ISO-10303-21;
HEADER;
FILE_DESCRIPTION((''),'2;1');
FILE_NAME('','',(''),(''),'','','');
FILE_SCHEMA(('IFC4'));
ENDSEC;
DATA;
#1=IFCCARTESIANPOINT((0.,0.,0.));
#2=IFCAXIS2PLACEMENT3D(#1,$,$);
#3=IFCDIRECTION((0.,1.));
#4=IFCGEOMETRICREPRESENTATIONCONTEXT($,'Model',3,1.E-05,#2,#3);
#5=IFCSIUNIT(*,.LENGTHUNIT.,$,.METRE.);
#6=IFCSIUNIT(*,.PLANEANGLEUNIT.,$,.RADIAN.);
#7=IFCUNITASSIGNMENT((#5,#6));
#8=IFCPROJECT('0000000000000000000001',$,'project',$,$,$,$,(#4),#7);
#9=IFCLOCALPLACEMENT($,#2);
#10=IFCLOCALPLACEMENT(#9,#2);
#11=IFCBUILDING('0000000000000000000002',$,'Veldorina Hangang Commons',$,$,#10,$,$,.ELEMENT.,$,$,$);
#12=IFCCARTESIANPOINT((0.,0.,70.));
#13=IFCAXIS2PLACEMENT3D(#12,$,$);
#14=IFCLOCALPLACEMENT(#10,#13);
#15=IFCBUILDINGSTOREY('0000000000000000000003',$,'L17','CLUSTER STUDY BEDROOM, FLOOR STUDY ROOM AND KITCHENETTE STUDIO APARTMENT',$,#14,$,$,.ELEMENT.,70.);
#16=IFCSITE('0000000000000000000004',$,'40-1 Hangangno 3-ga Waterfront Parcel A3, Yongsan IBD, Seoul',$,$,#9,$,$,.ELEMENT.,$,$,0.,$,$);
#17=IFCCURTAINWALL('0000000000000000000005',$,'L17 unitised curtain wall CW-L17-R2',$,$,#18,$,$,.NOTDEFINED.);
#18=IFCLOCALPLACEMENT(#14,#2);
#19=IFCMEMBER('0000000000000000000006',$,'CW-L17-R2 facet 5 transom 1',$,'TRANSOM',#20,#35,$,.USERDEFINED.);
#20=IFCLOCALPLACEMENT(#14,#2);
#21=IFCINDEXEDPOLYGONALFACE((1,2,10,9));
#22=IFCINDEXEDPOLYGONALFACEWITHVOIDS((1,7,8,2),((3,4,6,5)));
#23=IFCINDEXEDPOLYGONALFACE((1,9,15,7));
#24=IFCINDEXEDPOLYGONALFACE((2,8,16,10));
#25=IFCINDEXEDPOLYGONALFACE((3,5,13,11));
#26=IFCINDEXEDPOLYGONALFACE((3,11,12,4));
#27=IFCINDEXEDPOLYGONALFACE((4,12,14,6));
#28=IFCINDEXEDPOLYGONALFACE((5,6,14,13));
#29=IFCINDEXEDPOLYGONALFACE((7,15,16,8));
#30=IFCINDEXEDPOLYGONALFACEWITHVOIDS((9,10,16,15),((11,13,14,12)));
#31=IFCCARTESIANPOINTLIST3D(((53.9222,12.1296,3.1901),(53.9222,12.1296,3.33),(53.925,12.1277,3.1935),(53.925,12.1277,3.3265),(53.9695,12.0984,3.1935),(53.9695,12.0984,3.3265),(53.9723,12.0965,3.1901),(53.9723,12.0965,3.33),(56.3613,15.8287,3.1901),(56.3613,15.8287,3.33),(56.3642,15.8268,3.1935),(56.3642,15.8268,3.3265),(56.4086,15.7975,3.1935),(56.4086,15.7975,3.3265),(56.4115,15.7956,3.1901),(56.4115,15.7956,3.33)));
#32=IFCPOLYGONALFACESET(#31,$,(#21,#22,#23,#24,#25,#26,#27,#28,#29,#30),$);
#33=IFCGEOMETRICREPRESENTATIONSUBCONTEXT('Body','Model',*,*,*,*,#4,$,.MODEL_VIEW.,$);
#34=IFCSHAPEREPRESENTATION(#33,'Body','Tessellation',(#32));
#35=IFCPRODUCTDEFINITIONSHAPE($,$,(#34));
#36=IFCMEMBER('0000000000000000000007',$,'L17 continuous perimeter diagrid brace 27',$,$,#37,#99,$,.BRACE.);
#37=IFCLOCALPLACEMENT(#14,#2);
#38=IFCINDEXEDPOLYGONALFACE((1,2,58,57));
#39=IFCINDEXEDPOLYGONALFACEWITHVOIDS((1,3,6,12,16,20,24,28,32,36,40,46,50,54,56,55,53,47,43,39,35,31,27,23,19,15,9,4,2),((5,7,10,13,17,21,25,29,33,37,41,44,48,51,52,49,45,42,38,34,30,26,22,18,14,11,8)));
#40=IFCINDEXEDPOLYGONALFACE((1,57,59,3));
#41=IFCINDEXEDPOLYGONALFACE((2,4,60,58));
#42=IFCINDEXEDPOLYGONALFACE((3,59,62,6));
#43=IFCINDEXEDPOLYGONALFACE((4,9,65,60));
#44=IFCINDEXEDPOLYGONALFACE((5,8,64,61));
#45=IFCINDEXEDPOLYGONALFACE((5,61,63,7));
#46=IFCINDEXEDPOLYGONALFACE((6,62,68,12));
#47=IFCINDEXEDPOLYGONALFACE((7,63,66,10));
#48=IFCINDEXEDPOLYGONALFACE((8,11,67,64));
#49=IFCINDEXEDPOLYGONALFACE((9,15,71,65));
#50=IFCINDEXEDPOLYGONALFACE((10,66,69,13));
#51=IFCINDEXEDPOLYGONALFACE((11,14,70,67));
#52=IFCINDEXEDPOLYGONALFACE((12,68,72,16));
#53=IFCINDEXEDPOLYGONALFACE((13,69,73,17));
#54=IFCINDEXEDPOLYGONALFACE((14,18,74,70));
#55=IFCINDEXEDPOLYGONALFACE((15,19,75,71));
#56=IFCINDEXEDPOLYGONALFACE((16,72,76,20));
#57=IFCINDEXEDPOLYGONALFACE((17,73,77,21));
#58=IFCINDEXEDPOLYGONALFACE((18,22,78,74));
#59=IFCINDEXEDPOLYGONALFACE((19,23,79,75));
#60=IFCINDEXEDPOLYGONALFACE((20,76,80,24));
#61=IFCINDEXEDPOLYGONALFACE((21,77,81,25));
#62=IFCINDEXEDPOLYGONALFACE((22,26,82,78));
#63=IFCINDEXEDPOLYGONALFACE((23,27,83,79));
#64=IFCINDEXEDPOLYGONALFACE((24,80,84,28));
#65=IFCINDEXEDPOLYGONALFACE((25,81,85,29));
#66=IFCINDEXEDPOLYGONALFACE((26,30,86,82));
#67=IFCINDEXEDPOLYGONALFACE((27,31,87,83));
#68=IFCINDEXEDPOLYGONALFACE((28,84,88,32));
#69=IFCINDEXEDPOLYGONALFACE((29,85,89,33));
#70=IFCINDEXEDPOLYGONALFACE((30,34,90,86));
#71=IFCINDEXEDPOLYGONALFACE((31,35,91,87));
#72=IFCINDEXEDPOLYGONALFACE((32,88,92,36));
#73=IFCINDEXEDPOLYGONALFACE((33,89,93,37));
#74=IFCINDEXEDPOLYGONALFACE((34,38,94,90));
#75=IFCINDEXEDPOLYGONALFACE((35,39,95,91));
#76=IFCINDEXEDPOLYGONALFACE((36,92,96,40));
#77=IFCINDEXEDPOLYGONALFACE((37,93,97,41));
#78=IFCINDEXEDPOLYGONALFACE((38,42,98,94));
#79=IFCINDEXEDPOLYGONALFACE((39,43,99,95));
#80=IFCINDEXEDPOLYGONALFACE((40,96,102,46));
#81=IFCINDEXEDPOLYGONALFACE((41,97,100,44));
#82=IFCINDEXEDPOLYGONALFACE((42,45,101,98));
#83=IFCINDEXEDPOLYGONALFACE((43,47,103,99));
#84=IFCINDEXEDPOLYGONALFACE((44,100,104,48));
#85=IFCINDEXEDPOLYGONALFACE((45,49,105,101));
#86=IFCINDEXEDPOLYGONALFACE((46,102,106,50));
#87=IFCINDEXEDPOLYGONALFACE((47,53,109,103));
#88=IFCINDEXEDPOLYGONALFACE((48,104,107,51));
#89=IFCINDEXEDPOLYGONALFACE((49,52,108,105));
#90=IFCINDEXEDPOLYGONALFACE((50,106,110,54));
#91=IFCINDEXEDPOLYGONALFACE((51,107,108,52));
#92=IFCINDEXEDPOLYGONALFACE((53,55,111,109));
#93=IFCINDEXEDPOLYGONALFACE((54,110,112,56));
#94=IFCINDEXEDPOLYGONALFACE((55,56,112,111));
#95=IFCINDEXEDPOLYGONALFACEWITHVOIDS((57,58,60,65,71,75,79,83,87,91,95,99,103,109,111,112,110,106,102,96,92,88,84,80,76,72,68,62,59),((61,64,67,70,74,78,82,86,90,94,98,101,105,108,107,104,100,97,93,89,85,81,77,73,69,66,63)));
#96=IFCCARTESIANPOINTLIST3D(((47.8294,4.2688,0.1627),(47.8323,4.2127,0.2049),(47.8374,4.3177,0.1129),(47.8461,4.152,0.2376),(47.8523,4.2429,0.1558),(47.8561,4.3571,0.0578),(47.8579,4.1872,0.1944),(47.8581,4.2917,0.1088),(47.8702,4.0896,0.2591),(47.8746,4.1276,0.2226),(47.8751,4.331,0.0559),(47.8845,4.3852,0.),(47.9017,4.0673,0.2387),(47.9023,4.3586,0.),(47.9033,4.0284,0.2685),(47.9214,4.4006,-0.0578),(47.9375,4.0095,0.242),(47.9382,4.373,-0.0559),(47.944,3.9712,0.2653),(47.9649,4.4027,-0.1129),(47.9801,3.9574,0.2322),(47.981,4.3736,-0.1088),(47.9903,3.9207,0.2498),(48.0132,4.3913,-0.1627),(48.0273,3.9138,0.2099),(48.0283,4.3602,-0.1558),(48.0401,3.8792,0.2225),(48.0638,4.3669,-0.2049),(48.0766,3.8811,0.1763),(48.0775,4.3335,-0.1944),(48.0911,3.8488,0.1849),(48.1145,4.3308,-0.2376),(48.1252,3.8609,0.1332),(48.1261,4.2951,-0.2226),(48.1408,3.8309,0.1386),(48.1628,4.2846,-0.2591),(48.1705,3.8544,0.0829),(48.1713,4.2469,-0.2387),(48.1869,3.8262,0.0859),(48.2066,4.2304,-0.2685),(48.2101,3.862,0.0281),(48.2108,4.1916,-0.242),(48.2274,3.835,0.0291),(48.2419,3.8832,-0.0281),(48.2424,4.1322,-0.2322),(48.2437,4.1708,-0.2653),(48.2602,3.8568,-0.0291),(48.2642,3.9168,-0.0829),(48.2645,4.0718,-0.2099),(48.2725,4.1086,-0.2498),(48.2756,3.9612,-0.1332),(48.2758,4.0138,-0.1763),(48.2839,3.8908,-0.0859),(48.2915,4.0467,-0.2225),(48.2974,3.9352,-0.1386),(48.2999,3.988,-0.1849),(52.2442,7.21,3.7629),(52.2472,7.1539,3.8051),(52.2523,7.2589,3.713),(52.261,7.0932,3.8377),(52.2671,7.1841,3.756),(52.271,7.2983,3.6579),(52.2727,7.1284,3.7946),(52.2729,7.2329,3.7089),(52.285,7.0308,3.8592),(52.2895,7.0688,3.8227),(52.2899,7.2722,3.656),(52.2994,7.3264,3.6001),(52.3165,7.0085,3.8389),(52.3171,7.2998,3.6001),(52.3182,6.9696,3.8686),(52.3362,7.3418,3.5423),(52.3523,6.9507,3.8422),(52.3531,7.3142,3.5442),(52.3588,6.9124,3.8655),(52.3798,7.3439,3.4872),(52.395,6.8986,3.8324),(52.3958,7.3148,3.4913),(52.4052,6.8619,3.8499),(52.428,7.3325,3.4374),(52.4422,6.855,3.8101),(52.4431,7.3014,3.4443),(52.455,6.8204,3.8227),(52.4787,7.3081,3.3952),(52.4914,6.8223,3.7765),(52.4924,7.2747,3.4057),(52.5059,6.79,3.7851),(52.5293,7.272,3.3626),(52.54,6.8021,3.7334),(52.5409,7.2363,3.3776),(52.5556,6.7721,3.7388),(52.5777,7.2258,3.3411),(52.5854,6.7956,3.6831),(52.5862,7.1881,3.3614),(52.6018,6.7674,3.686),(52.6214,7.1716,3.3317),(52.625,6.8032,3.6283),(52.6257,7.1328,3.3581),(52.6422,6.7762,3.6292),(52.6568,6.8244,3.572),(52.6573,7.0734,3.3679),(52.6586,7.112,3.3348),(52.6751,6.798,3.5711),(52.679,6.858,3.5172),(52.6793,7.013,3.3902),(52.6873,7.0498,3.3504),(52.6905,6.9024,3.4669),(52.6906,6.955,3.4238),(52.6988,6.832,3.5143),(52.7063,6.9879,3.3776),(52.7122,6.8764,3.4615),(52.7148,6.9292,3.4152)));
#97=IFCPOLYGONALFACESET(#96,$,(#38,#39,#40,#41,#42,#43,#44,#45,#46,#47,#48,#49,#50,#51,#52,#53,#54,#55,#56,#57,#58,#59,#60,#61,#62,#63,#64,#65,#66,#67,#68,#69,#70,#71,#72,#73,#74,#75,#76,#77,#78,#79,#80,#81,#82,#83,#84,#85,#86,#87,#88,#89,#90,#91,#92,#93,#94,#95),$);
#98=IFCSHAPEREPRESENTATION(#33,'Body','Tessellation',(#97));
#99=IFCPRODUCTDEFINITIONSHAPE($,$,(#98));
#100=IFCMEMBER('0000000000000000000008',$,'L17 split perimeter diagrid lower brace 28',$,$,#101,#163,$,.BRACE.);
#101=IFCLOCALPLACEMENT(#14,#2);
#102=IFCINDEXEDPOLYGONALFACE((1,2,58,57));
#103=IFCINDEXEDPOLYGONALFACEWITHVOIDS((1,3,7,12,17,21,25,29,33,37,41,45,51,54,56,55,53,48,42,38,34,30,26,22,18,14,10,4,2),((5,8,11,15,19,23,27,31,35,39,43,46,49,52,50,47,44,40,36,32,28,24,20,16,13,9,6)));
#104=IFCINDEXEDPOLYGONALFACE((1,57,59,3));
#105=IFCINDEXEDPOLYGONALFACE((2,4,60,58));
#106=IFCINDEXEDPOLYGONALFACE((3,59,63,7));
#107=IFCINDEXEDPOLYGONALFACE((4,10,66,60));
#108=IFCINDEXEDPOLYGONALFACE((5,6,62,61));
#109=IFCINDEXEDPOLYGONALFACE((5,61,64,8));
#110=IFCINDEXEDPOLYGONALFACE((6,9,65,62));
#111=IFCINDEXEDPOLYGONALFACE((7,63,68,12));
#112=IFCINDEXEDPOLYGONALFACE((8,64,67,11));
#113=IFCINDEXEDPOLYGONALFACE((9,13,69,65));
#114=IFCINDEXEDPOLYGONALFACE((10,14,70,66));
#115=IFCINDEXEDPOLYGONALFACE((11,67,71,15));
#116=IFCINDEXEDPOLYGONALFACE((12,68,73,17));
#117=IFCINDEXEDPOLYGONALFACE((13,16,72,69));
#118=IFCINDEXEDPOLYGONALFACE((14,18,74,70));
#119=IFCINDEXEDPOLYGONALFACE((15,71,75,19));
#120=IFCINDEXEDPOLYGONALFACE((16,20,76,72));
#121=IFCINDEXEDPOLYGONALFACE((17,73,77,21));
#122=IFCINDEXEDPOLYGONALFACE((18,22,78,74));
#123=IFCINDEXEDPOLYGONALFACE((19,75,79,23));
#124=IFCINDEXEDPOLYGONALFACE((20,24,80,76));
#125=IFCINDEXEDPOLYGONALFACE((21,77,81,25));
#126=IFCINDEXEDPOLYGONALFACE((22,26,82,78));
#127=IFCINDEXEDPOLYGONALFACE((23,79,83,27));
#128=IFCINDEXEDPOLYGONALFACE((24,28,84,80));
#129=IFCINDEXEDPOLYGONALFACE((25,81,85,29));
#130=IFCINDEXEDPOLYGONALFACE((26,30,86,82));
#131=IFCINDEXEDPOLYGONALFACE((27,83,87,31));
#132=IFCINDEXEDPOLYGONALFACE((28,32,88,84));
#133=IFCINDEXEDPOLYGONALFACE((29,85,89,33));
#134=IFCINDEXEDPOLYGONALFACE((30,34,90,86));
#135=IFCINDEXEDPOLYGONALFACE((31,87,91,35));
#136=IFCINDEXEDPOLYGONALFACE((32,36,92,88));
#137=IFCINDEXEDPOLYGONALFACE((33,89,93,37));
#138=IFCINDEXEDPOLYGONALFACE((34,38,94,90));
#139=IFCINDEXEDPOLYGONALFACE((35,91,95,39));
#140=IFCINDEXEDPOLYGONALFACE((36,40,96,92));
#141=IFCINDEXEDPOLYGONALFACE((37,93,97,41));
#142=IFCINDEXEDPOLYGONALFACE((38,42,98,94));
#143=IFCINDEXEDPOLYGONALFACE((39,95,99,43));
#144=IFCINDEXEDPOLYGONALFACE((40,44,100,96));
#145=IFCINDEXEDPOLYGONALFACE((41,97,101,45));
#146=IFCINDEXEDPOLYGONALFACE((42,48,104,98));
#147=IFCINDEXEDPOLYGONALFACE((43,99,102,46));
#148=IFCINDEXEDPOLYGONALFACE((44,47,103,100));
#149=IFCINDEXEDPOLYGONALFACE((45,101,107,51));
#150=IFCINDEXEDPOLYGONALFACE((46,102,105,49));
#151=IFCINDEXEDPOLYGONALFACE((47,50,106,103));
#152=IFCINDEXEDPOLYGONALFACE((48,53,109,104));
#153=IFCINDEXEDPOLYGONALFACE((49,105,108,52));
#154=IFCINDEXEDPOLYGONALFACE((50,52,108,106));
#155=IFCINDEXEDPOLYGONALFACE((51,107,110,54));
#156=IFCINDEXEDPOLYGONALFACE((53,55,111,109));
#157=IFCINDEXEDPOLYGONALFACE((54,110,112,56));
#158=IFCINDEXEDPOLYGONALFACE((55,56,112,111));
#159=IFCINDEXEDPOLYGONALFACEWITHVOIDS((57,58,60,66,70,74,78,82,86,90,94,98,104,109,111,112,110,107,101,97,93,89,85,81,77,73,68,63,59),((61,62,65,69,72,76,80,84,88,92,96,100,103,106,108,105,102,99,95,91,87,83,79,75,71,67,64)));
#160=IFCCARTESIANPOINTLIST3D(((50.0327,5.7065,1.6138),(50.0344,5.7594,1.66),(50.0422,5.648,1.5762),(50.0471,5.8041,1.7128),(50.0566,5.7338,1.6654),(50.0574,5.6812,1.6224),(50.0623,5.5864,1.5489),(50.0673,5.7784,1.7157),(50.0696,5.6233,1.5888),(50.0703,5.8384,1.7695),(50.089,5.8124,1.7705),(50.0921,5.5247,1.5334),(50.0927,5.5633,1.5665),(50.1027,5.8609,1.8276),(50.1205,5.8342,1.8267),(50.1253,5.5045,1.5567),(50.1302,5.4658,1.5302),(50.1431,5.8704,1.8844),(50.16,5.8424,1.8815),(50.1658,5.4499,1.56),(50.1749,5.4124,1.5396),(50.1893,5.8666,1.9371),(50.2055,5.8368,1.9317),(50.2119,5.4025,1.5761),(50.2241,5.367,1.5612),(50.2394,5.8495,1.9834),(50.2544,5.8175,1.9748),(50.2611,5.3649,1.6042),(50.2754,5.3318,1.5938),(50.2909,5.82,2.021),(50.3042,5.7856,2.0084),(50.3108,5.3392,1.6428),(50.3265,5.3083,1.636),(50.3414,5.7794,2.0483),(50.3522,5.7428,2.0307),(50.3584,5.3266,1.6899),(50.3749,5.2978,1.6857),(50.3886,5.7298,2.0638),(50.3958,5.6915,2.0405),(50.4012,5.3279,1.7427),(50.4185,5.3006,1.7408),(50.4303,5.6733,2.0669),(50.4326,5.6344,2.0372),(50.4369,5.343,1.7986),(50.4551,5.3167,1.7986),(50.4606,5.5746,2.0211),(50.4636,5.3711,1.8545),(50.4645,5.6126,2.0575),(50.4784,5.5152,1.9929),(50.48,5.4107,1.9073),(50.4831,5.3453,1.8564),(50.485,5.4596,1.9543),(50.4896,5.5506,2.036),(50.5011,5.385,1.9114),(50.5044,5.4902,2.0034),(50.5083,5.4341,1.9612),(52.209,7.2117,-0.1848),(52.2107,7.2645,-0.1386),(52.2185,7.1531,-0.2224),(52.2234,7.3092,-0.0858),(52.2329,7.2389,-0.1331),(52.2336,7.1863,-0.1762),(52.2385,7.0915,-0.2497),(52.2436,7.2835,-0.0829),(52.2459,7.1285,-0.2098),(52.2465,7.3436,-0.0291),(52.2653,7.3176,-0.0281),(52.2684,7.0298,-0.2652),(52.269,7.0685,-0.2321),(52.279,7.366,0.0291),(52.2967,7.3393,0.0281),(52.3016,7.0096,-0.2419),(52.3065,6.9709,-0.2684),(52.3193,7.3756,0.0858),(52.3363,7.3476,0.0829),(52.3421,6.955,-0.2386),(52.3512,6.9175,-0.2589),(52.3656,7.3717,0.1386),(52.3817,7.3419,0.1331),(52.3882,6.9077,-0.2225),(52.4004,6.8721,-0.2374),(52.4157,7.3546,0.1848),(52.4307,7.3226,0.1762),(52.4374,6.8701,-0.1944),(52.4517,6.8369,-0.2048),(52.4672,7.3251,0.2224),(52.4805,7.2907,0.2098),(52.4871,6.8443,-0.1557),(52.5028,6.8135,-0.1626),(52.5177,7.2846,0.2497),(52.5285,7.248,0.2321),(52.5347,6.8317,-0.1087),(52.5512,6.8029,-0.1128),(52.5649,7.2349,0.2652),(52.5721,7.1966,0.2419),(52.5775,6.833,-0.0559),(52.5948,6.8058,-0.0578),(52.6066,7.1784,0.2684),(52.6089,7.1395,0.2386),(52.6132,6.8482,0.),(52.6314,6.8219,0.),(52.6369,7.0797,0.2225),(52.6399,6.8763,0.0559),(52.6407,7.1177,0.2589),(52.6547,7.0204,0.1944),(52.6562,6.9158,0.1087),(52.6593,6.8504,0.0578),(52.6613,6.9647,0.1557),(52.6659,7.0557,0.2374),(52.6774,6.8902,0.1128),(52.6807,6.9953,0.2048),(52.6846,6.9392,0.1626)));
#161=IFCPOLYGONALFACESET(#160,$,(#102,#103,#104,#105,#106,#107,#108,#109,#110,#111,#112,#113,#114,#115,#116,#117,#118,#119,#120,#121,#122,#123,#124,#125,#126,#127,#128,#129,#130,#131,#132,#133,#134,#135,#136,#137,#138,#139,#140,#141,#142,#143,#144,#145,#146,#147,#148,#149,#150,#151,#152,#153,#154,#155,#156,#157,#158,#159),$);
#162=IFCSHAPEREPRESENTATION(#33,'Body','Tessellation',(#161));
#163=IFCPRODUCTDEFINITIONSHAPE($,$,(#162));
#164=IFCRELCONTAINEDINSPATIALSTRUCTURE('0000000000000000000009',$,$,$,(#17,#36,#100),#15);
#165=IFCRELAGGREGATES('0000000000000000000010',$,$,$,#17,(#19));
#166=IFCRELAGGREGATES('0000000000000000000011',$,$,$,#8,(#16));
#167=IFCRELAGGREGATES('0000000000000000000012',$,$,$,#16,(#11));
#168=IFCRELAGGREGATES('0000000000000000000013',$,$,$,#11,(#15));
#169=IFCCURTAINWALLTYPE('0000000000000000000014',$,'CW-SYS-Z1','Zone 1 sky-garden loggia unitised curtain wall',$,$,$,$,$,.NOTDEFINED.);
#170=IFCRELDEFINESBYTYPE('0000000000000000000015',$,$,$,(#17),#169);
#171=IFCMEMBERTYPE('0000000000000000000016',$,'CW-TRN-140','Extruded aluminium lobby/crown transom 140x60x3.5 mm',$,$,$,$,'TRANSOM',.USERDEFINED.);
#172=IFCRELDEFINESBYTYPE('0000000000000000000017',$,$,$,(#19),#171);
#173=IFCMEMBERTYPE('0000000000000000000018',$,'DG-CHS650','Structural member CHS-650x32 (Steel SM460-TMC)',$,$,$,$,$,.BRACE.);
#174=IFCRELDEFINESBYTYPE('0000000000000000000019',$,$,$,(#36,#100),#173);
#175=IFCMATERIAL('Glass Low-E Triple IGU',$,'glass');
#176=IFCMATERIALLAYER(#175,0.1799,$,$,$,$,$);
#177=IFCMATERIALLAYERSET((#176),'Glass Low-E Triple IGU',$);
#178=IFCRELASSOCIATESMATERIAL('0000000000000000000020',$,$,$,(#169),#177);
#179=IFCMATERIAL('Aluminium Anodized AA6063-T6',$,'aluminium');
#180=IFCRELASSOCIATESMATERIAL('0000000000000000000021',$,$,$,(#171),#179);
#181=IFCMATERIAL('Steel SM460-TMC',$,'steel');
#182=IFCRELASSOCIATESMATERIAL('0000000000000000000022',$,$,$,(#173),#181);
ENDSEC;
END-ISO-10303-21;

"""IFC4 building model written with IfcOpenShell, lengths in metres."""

from ifc_helpers import new_model, si_unit, direction, frame, origin, origin_2d, place, context, subcontext, project, spatial, hollow_rectangle, hollow_circle, extrude, material, layer, layer_set, material_profile, profile_set, type_object, element, aggregate, save


model = new_model("IFC4")

# Units and contexts
model_context = context("Model", 3, precision=1e-05, world=origin(), true_north=direction((0.0, 1.0)))
body_context = subcontext(model_context, "Body", "Model", "MODEL_VIEW")
ifc_project = project(units=[si_unit("LENGTHUNIT", "METRE"), si_unit("PLANEANGLEUNIT", "RADIAN")], contexts=[model_context])

# Site, building, storey
site_placement = place(None, origin())
site = spatial("IfcSite", under=ifc_project, at=site_placement, Name="40-1 Hangangno 3-ga Waterfront Parcel A3, Yongsan IBD, Seoul", CompositionType="ELEMENT", RefElevation=0.0)
building_placement = place(site_placement, origin())
building = spatial("IfcBuilding", under=site, at=building_placement, Name="Veldorina Hangang Commons", CompositionType="ELEMENT")
storey_placement = place(building_placement, frame((0.0, 0.0, 70.0)))
storey = spatial("IfcBuildingStorey", under=building, at=storey_placement, Name="L17", Description="CLUSTER STUDY BEDROOM, FLOOR STUDY ROOM AND KITCHENETTE STUDIO APARTMENT", CompositionType="ELEMENT", Elevation=70.0)

# Curtain wall, member
ifc_material_1 = material(Name="Glass Low-E Triple IGU", Category="glass")
ifc_layer_1 = layer(ifc_material_1, 0.1799)
ifc_layer_set_1 = layer_set([ifc_layer_1], Name="Glass Low-E Triple IGU")
curtain_wall_type = type_object("IfcCurtainWallType", Name="CW-SYS-Z1", Description="Zone 1 sky-garden loggia unitised curtain wall", PredefinedType="NOTDEFINED", material=ifc_layer_set_1)
curtain_wall_placement = place(storey_placement, origin())
curtain_wall = element("IfcCurtainWall", 1, at=curtain_wall_placement, inside=storey, type_object=curtain_wall_type, Name="L17 unitised curtain wall CW-L17-R2", PredefinedType="NOTDEFINED")
ifc_material_2 = material(Name="Aluminium Anodized AA6063-T6", Category="aluminium")
ifc_material_profile_1 = material_profile(ifc_material_2, hollow_rectangle(XDim=0.0601, YDim=0.1399, WallThickness=0.0034, at=origin_2d()), Name="ALU-RHS-140x60x3.5")
ifc_profile_set_1 = profile_set([ifc_material_profile_1], Name="Aluminium Anodized AA6063-T6")
member_type_1 = type_object("IfcMemberType", Name="CW-TRN-140", Description="Extruded aluminium lobby/crown transom 140x60x3.5 mm", ElementType="TRANSOM", PredefinedType="USERDEFINED", material=ifc_profile_set_1)
member_1_placement = place(storey_placement, frame((53.9473, 12.113, 3.26), z_axis=(0.550484, 0.834845, 0.0), x_axis=(-0.834845, 0.550484, 0.0)))
member_1 = element("IfcMember", 2, at=member_1_placement, type_object=member_type_1, Name="CW-L17-R2 facet 5 transom 1", ObjectType="TRANSOM", PredefinedType="USERDEFINED", context=body_context, shape_type="SweptSolid", body=[
    extrude(hollow_rectangle(XDim=0.0601, YDim=0.1399, WallThickness=0.0034, at=origin_2d()), origin(), (0.0, 0.0, 1.0), 4.4309),
])

# Members
ifc_material_3 = material(Name="Steel SM460-TMC", Category="steel")
ifc_material_profile_2 = material_profile(ifc_material_3, hollow_circle(Radius=0.325, WallThickness=0.032, at=origin_2d()), Name="CHS-650x32")
ifc_profile_set_2 = profile_set([ifc_material_profile_2], Name="Steel SM460-TMC")
member_type_2 = type_object("IfcMemberType", Name="DG-CHS650", Description="Structural member CHS-650x32 (Steel SM460-TMC)", PredefinedType="BRACE", material=ifc_profile_set_2)
member_2_placement = place(storey_placement, frame((48.0647, 4.1147, 0.0), z_axis=(0.688623, 0.458765, 0.561546), x_axis=(-0.554435, 0.832227, 0.0)))
element("IfcMember", 3, at=member_2_placement, inside=storey, type_object=member_type_2, Name="L17 continuous perimeter diagrid brace 27", PredefinedType="BRACE", context=body_context, shape_type="SweptSolid", body=[
    extrude(hollow_circle(Radius=0.325, WallThickness=0.032, at=origin_2d()), origin(), (0.0, 0.0, 1.0), 6.4111),
])
member_3_placement = place(storey_placement, frame((52.4465, 7.0891, 0.0), z_axis=(-0.680202, -0.470433, 0.562155), x_axis=(0.568821, -0.822461, 0.0)))
element("IfcMember", 4, at=member_3_placement, inside=storey, type_object=member_type_2, Name="L17 split perimeter diagrid lower brace 28", PredefinedType="BRACE", context=body_context, shape_type="SweptSolid", body=[
    extrude(hollow_circle(Radius=0.325, WallThickness=0.032, at=origin_2d()), origin(), (0.0, 0.0, 1.0), 3.1995),
])

aggregate(curtain_wall, [member_1])

save(model, "model.ifc")
